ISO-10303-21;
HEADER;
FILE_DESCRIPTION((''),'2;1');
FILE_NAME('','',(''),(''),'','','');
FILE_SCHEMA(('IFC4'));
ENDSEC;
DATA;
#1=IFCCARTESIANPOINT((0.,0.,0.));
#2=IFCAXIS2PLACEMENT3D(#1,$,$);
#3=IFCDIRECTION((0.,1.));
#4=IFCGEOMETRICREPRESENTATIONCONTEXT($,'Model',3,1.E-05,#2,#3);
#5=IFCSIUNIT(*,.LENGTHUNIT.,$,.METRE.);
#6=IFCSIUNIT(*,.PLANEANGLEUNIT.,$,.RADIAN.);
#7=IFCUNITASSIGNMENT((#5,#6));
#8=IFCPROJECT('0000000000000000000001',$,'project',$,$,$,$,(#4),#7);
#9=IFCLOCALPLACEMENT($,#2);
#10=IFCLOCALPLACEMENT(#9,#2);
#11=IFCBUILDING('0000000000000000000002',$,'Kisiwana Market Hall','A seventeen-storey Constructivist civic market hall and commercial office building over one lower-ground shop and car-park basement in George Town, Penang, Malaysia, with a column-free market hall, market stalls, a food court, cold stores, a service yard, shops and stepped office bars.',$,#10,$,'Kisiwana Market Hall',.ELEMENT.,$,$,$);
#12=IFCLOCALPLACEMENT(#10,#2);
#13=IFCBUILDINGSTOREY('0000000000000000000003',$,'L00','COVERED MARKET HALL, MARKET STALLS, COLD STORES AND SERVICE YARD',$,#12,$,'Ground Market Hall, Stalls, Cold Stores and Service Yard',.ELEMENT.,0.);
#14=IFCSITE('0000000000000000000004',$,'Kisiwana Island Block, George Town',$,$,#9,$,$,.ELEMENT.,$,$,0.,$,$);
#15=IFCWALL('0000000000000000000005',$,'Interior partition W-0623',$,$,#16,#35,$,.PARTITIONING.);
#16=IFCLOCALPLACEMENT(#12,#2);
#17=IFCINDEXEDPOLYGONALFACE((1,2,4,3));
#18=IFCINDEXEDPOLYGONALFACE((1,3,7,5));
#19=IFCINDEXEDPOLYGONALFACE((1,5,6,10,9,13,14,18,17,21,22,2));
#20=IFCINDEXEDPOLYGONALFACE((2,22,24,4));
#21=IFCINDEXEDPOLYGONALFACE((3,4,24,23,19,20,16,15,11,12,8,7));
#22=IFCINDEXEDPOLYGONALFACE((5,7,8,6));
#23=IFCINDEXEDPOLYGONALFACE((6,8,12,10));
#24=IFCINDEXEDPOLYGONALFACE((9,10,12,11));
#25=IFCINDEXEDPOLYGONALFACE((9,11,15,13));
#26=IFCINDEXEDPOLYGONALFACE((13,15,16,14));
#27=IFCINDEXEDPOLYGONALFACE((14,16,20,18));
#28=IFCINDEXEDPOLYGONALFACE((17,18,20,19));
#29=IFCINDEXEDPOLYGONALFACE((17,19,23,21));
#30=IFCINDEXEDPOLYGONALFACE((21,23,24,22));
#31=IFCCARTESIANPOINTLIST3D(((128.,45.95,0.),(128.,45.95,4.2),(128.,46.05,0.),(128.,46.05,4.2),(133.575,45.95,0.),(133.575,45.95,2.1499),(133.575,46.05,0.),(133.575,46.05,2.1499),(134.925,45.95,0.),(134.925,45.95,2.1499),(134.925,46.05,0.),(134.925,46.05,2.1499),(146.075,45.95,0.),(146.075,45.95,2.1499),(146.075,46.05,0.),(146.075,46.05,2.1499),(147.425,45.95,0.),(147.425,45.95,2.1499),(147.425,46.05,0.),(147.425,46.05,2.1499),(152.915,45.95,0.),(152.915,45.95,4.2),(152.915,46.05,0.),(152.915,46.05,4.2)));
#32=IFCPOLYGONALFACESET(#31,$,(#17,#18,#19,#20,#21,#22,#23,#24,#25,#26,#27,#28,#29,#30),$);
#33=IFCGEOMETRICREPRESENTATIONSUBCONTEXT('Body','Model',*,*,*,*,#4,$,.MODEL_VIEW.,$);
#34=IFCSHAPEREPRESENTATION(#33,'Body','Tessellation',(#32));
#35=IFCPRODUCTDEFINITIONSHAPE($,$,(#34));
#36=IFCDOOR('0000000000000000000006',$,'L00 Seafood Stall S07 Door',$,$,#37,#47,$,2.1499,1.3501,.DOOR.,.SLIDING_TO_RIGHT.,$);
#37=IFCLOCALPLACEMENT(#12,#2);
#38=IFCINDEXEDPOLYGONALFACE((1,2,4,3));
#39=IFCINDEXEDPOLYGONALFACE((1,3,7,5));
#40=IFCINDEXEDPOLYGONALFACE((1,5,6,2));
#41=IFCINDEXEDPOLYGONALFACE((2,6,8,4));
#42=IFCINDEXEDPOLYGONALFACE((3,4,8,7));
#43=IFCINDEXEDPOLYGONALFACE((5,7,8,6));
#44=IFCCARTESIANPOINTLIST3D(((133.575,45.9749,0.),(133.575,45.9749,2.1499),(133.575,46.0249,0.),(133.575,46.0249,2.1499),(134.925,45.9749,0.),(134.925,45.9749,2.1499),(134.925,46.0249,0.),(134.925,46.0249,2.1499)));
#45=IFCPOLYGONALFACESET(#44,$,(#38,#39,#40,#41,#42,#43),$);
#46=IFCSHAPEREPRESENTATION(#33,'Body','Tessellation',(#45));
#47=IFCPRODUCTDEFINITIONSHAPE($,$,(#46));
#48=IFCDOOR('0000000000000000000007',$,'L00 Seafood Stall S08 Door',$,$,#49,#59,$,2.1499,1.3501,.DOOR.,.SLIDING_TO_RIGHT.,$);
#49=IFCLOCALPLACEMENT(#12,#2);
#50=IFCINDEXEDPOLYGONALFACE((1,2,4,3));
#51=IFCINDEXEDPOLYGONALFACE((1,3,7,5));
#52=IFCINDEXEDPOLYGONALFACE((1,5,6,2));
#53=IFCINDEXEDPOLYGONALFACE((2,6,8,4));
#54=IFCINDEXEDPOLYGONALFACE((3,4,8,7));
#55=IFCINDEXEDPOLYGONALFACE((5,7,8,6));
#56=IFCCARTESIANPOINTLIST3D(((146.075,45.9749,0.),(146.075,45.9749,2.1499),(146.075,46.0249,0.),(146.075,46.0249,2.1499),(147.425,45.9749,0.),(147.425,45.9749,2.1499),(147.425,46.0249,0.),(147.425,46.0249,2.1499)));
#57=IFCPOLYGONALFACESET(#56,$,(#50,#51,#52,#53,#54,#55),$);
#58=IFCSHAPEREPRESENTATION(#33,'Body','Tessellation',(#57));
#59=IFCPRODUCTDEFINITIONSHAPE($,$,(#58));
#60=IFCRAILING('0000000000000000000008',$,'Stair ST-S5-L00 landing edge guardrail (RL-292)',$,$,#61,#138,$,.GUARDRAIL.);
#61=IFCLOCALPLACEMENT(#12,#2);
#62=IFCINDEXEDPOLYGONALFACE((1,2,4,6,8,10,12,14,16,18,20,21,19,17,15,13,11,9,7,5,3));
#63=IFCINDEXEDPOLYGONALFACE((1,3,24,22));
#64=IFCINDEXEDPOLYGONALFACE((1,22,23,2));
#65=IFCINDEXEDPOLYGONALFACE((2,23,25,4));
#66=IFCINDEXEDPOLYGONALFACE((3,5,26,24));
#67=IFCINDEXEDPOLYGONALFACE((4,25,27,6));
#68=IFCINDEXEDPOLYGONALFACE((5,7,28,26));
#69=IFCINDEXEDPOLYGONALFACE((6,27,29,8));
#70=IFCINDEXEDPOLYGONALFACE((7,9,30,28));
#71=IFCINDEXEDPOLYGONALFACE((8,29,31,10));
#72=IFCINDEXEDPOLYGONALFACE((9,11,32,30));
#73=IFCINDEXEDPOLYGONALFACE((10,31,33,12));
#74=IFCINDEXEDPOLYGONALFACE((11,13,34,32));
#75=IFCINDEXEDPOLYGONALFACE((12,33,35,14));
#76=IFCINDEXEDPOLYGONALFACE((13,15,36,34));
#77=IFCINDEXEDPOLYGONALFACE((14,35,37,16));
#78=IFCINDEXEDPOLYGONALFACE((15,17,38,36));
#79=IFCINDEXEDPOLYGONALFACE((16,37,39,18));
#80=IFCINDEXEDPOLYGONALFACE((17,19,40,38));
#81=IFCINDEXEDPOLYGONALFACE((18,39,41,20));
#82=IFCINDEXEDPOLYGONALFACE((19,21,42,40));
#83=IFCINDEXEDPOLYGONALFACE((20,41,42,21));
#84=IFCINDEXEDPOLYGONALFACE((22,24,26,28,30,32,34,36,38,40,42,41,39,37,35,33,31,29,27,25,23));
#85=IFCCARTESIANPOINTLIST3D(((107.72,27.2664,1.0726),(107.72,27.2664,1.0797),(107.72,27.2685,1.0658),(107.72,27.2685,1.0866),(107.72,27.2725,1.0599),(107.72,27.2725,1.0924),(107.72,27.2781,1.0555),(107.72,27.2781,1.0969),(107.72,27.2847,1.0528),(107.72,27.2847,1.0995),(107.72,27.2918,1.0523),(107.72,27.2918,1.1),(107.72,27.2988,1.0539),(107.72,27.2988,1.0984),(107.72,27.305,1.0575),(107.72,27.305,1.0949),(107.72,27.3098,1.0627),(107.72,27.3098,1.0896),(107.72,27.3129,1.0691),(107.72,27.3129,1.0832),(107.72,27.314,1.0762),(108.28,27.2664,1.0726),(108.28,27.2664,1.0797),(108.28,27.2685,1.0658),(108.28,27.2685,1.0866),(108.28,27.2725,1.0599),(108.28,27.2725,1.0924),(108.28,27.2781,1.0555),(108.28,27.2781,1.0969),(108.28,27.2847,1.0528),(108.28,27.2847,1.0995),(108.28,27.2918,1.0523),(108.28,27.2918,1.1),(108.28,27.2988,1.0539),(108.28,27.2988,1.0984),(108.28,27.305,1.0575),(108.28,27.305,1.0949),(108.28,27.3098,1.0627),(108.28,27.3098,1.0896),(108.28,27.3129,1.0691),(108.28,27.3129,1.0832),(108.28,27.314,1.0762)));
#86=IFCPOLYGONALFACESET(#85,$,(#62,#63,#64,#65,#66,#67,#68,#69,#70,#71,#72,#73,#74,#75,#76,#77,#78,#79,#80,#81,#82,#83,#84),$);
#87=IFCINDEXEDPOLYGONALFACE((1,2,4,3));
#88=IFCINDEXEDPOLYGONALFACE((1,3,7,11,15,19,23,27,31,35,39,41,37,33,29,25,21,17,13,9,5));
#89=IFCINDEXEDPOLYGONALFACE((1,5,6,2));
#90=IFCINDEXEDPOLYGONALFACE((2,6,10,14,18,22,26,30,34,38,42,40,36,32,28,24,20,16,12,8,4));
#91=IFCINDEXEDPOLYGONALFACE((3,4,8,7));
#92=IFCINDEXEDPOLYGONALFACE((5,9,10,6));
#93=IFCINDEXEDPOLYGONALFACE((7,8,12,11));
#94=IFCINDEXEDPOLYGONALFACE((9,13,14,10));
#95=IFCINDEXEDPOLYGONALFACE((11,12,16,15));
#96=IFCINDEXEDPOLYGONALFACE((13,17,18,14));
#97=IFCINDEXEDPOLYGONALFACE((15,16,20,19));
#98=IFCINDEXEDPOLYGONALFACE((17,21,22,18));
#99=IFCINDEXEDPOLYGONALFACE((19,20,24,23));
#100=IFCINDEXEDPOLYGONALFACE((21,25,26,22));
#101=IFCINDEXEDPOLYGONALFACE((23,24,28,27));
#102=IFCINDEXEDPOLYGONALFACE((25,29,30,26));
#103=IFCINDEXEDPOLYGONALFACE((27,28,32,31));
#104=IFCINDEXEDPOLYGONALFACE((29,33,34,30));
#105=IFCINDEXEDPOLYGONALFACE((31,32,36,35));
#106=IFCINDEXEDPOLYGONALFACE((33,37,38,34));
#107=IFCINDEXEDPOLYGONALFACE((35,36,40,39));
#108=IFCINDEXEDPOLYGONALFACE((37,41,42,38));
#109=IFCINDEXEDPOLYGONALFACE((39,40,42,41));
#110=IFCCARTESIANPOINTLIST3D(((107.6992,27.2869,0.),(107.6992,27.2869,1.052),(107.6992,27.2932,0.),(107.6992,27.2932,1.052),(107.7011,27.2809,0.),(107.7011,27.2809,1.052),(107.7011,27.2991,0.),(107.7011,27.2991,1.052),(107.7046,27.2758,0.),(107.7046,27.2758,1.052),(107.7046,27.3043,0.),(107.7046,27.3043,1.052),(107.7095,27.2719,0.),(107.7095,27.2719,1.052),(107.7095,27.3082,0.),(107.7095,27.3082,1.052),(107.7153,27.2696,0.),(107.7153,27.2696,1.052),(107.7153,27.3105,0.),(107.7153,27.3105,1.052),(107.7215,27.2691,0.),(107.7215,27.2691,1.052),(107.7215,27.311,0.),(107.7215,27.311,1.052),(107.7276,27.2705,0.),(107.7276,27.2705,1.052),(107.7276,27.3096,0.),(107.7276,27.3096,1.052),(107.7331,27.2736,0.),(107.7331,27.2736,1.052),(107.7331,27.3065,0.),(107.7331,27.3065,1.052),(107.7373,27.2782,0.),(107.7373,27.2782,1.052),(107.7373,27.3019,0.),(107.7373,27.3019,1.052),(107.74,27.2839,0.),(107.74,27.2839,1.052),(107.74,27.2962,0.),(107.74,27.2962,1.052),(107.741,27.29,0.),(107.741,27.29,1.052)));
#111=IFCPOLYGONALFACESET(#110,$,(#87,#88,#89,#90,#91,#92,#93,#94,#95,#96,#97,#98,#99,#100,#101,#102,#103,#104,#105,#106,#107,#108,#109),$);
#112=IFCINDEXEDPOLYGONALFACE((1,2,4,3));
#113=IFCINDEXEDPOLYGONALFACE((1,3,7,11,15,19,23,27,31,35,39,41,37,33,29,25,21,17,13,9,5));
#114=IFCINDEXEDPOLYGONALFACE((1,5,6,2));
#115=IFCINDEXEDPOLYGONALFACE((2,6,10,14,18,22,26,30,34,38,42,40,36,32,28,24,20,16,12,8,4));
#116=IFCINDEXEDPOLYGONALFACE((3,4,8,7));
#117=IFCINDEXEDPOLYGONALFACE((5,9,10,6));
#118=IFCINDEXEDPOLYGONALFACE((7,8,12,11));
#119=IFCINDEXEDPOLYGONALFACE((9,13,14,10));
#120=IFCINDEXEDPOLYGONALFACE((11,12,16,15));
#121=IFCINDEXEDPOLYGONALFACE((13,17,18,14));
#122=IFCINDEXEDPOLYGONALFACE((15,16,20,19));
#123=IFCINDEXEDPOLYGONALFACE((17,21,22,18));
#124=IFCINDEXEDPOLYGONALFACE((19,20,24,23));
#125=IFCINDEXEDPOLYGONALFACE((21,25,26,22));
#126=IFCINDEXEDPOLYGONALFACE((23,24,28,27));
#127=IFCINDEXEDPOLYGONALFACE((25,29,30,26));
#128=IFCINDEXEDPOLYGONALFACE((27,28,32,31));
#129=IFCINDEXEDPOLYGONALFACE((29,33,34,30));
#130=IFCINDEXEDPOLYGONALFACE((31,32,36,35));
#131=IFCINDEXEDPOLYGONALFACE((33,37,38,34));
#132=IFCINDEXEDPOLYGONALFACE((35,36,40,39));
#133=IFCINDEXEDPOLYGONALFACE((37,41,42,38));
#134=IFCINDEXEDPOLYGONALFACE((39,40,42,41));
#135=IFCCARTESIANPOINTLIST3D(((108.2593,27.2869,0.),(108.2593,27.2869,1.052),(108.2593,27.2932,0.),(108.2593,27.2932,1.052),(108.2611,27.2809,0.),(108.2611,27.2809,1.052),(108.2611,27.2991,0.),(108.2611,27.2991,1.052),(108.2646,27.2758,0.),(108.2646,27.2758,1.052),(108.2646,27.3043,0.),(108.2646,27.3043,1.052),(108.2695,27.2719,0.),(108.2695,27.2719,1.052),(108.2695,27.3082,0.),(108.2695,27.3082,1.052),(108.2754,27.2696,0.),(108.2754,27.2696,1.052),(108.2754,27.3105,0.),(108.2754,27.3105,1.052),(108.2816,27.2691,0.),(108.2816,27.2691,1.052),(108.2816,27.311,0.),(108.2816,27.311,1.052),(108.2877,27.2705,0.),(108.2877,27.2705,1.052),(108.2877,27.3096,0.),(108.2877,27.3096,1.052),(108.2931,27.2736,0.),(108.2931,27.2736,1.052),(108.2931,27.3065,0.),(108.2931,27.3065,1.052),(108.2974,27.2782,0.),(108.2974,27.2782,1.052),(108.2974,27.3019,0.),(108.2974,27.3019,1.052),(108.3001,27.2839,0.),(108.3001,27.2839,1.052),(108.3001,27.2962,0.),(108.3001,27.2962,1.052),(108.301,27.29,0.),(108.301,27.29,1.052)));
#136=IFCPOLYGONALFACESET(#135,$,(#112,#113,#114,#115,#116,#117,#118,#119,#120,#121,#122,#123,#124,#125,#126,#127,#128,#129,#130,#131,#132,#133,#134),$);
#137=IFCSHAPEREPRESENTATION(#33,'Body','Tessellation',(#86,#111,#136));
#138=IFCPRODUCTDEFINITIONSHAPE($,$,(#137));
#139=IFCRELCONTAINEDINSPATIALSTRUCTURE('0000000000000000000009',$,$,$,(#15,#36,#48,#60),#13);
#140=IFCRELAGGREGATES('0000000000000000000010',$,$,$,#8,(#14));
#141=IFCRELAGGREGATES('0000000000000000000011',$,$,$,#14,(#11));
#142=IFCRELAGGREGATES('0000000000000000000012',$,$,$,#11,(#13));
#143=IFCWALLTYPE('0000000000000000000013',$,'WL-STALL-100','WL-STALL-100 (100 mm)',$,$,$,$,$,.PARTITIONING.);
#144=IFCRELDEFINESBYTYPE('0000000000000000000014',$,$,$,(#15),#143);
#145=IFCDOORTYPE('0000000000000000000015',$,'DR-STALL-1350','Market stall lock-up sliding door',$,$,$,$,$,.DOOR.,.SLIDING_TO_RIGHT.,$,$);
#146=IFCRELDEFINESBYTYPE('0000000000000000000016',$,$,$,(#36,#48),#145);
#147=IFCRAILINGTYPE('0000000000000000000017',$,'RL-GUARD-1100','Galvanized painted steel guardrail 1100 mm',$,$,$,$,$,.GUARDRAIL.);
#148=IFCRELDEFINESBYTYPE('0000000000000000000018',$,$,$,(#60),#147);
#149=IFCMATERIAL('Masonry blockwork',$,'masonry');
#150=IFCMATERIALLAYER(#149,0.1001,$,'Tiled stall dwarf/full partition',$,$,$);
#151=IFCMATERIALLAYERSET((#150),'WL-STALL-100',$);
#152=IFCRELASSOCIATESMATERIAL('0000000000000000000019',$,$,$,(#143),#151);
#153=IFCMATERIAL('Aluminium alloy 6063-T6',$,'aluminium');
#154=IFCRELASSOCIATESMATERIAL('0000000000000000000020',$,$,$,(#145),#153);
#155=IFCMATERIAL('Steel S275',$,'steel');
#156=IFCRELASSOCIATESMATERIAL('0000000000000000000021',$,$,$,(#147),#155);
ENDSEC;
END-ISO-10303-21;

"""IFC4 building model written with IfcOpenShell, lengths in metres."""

from ifc_helpers import new_model, si_unit, direction, frame, frame_2d, origin, origin_2d, place, context, subcontext, project, spatial, rectangle, circle, extrude, material, layer, layer_set, type_object, element, fill, save


model = new_model("IFC4")

# Units and contexts
model_context = context("Model", 3, precision=1e-05, world=origin(), true_north=direction((0.0, 1.0)))
body_context = subcontext(model_context, "Body", "Model", "MODEL_VIEW")
ifc_project = project(units=[si_unit("LENGTHUNIT", "METRE"), si_unit("PLANEANGLEUNIT", "RADIAN")], contexts=[model_context])

# Site, building, storey
site_placement = place(None, origin())
site = spatial("IfcSite", under=ifc_project, at=site_placement, Name="Kisiwana Island Block, George Town", CompositionType="ELEMENT", RefElevation=0.0)
building_placement = place(site_placement, origin())
building = spatial("IfcBuilding", under=site, at=building_placement, Name="Kisiwana Market Hall", Description="A seventeen-storey Constructivist civic market hall and commercial office building over one lower-ground shop and car-park basement in George Town, Penang, Malaysia, with a column-free market hall, market stalls, a food court, cold stores, a service yard, shops and stepped office bars.", LongName="Kisiwana Market Hall", CompositionType="ELEMENT")
storey_placement = place(building_placement, origin())
storey = spatial("IfcBuildingStorey", under=building, at=storey_placement, Name="L00", Description="COVERED MARKET HALL, MARKET STALLS, COLD STORES AND SERVICE YARD", LongName="Ground Market Hall, Stalls, Cold Stores and Service Yard", CompositionType="ELEMENT", Elevation=0.0)

# Shared definitions
ifc_material_1 = material(Name="Masonry blockwork", Category="masonry")
ifc_layer_1 = layer(ifc_material_1, 0.1001, Name="Tiled stall dwarf/full partition")
ifc_layer_set_1 = layer_set([ifc_layer_1], Name="WL-STALL-100")
wall_type_1 = type_object("IfcWallType", Name="WL-STALL-100", Description="WL-STALL-100 (100 mm)", PredefinedType="PARTITIONING", material=ifc_layer_set_1)

# Wall, openings, doors
wall_1_placement = place(storey_placement, frame((128.0, 46.0, 0.0), z_axis=(0.0, 0.0, 1.0), x_axis=(1.0, 0.0, 0.0)))
wall_1 = element("IfcWall", 1, at=wall_1_placement, inside=storey, type_object=wall_type_1, Name="Interior partition W-0623", PredefinedType="PARTITIONING", context=body_context, shape_type="SweptSolid", body=[
    extrude(rectangle(XDim=24.915, YDim=0.1001, at=frame_2d((12.4575, 0.0))), origin(), (0.0, 0.0, 1.0), 4.2),
])
opening_1_placement = place(wall_1_placement, frame((5.575, 0.0, 0.0)))
opening_1 = element("IfcOpeningElement", 2, at=opening_1_placement, cuts=wall_1, PredefinedType="OPENING", context=body_context, shape_type="SweptSolid", body=[
    extrude(rectangle(XDim=1.3501, YDim=2.1499, at=frame_2d((0.675, 1.075))), frame((0.0, 0.062, 0.0), z_axis=(0.0, -1.0, 0.0), x_axis=(1.0, 0.0, 0.0)), (0.0, 0.0, 1.0), 0.124),
])
opening_2_placement = place(wall_1_placement, frame((18.075, 0.0, 0.0)))
opening_2 = element("IfcOpeningElement", 3, at=opening_2_placement, cuts=wall_1, PredefinedType="OPENING", context=body_context, shape_type="SweptSolid", body=[
    extrude(rectangle(XDim=1.3501, YDim=2.1499, at=frame_2d((0.675, 1.075))), frame((0.0, 0.062, 0.0), z_axis=(0.0, -1.0, 0.0), x_axis=(1.0, 0.0, 0.0)), (0.0, 0.0, 1.0), 0.124),
])
ifc_material_2 = material(Name="Aluminium alloy 6063-T6", Category="aluminium")
door_type_1 = type_object("IfcDoorType", Name="DR-STALL-1350", Description="Market stall lock-up sliding door", OperationType="SLIDING_TO_RIGHT", PredefinedType="DOOR", material=ifc_material_2)
door_1_placement = place(opening_1_placement, origin())
door_1 = element("IfcDoor", 4, at=door_1_placement, inside=storey, type_object=door_type_1, Name="L00 Seafood Stall S07 Door", OperationType="SLIDING_TO_RIGHT", OverallHeight=2.1499, OverallWidth=1.3501, PredefinedType="DOOR", context=body_context, shape_type="SweptSolid", body=[
    extrude(rectangle(XDim=1.3501, YDim=2.1499, at=frame_2d((0.675, 1.075))), frame((0.0, 0.0249, 0.0), z_axis=(0.0, -1.0, 0.0), x_axis=(1.0, 0.0, 0.0)), (0.0, 0.0, 1.0), 0.05),
])
fill(opening_1, door_1)
door_2_placement = place(opening_2_placement, origin())
door_2 = element("IfcDoor", 5, at=door_2_placement, inside=storey, type_object=door_type_1, Name="L00 Seafood Stall S08 Door", OperationType="SLIDING_TO_RIGHT", OverallHeight=2.1499, OverallWidth=1.3501, PredefinedType="DOOR", context=body_context, shape_type="SweptSolid", body=[
    extrude(rectangle(XDim=1.3501, YDim=2.1499, at=frame_2d((0.675, 1.075))), frame((0.0, 0.0249, 0.0), z_axis=(0.0, -1.0, 0.0), x_axis=(1.0, 0.0, 0.0)), (0.0, 0.0, 1.0), 0.05),
])
fill(opening_2, door_2)

# Railing
ifc_material_3 = material(Name="Steel S275", Category="steel")
railing_type_1 = type_object("IfcRailingType", Name="RL-GUARD-1100", Description="Galvanized painted steel guardrail 1100 mm", PredefinedType="GUARDRAIL", material=ifc_material_3)
railing_1_placement = place(storey_placement, frame((107.72, 27.29, 0.0)))
element("IfcRailing", 6, at=railing_1_placement, inside=storey, type_object=railing_type_1, Name="Stair ST-S5-L00 landing edge guardrail (RL-292)", PredefinedType="GUARDRAIL", context=body_context, shape_type="SweptSolid", body=[
    extrude(circle(Radius=0.0239, at=origin_2d()), frame((0.0, 0.0, 1.0762), z_axis=(1.0, 0.0, 0.0), x_axis=(0.0, 1.0, 0.0)), (0.0, 0.0, 1.0), 0.5601),
    extrude(circle(Radius=0.021, at=origin_2d()), origin(), (0.0, 0.0, 1.0), 1.052),
    extrude(circle(Radius=0.021, at=origin_2d()), frame((0.5601, 0.0, 0.0)), (0.0, 0.0, 1.0), 1.052),
])

save(model, "model.ifc")
